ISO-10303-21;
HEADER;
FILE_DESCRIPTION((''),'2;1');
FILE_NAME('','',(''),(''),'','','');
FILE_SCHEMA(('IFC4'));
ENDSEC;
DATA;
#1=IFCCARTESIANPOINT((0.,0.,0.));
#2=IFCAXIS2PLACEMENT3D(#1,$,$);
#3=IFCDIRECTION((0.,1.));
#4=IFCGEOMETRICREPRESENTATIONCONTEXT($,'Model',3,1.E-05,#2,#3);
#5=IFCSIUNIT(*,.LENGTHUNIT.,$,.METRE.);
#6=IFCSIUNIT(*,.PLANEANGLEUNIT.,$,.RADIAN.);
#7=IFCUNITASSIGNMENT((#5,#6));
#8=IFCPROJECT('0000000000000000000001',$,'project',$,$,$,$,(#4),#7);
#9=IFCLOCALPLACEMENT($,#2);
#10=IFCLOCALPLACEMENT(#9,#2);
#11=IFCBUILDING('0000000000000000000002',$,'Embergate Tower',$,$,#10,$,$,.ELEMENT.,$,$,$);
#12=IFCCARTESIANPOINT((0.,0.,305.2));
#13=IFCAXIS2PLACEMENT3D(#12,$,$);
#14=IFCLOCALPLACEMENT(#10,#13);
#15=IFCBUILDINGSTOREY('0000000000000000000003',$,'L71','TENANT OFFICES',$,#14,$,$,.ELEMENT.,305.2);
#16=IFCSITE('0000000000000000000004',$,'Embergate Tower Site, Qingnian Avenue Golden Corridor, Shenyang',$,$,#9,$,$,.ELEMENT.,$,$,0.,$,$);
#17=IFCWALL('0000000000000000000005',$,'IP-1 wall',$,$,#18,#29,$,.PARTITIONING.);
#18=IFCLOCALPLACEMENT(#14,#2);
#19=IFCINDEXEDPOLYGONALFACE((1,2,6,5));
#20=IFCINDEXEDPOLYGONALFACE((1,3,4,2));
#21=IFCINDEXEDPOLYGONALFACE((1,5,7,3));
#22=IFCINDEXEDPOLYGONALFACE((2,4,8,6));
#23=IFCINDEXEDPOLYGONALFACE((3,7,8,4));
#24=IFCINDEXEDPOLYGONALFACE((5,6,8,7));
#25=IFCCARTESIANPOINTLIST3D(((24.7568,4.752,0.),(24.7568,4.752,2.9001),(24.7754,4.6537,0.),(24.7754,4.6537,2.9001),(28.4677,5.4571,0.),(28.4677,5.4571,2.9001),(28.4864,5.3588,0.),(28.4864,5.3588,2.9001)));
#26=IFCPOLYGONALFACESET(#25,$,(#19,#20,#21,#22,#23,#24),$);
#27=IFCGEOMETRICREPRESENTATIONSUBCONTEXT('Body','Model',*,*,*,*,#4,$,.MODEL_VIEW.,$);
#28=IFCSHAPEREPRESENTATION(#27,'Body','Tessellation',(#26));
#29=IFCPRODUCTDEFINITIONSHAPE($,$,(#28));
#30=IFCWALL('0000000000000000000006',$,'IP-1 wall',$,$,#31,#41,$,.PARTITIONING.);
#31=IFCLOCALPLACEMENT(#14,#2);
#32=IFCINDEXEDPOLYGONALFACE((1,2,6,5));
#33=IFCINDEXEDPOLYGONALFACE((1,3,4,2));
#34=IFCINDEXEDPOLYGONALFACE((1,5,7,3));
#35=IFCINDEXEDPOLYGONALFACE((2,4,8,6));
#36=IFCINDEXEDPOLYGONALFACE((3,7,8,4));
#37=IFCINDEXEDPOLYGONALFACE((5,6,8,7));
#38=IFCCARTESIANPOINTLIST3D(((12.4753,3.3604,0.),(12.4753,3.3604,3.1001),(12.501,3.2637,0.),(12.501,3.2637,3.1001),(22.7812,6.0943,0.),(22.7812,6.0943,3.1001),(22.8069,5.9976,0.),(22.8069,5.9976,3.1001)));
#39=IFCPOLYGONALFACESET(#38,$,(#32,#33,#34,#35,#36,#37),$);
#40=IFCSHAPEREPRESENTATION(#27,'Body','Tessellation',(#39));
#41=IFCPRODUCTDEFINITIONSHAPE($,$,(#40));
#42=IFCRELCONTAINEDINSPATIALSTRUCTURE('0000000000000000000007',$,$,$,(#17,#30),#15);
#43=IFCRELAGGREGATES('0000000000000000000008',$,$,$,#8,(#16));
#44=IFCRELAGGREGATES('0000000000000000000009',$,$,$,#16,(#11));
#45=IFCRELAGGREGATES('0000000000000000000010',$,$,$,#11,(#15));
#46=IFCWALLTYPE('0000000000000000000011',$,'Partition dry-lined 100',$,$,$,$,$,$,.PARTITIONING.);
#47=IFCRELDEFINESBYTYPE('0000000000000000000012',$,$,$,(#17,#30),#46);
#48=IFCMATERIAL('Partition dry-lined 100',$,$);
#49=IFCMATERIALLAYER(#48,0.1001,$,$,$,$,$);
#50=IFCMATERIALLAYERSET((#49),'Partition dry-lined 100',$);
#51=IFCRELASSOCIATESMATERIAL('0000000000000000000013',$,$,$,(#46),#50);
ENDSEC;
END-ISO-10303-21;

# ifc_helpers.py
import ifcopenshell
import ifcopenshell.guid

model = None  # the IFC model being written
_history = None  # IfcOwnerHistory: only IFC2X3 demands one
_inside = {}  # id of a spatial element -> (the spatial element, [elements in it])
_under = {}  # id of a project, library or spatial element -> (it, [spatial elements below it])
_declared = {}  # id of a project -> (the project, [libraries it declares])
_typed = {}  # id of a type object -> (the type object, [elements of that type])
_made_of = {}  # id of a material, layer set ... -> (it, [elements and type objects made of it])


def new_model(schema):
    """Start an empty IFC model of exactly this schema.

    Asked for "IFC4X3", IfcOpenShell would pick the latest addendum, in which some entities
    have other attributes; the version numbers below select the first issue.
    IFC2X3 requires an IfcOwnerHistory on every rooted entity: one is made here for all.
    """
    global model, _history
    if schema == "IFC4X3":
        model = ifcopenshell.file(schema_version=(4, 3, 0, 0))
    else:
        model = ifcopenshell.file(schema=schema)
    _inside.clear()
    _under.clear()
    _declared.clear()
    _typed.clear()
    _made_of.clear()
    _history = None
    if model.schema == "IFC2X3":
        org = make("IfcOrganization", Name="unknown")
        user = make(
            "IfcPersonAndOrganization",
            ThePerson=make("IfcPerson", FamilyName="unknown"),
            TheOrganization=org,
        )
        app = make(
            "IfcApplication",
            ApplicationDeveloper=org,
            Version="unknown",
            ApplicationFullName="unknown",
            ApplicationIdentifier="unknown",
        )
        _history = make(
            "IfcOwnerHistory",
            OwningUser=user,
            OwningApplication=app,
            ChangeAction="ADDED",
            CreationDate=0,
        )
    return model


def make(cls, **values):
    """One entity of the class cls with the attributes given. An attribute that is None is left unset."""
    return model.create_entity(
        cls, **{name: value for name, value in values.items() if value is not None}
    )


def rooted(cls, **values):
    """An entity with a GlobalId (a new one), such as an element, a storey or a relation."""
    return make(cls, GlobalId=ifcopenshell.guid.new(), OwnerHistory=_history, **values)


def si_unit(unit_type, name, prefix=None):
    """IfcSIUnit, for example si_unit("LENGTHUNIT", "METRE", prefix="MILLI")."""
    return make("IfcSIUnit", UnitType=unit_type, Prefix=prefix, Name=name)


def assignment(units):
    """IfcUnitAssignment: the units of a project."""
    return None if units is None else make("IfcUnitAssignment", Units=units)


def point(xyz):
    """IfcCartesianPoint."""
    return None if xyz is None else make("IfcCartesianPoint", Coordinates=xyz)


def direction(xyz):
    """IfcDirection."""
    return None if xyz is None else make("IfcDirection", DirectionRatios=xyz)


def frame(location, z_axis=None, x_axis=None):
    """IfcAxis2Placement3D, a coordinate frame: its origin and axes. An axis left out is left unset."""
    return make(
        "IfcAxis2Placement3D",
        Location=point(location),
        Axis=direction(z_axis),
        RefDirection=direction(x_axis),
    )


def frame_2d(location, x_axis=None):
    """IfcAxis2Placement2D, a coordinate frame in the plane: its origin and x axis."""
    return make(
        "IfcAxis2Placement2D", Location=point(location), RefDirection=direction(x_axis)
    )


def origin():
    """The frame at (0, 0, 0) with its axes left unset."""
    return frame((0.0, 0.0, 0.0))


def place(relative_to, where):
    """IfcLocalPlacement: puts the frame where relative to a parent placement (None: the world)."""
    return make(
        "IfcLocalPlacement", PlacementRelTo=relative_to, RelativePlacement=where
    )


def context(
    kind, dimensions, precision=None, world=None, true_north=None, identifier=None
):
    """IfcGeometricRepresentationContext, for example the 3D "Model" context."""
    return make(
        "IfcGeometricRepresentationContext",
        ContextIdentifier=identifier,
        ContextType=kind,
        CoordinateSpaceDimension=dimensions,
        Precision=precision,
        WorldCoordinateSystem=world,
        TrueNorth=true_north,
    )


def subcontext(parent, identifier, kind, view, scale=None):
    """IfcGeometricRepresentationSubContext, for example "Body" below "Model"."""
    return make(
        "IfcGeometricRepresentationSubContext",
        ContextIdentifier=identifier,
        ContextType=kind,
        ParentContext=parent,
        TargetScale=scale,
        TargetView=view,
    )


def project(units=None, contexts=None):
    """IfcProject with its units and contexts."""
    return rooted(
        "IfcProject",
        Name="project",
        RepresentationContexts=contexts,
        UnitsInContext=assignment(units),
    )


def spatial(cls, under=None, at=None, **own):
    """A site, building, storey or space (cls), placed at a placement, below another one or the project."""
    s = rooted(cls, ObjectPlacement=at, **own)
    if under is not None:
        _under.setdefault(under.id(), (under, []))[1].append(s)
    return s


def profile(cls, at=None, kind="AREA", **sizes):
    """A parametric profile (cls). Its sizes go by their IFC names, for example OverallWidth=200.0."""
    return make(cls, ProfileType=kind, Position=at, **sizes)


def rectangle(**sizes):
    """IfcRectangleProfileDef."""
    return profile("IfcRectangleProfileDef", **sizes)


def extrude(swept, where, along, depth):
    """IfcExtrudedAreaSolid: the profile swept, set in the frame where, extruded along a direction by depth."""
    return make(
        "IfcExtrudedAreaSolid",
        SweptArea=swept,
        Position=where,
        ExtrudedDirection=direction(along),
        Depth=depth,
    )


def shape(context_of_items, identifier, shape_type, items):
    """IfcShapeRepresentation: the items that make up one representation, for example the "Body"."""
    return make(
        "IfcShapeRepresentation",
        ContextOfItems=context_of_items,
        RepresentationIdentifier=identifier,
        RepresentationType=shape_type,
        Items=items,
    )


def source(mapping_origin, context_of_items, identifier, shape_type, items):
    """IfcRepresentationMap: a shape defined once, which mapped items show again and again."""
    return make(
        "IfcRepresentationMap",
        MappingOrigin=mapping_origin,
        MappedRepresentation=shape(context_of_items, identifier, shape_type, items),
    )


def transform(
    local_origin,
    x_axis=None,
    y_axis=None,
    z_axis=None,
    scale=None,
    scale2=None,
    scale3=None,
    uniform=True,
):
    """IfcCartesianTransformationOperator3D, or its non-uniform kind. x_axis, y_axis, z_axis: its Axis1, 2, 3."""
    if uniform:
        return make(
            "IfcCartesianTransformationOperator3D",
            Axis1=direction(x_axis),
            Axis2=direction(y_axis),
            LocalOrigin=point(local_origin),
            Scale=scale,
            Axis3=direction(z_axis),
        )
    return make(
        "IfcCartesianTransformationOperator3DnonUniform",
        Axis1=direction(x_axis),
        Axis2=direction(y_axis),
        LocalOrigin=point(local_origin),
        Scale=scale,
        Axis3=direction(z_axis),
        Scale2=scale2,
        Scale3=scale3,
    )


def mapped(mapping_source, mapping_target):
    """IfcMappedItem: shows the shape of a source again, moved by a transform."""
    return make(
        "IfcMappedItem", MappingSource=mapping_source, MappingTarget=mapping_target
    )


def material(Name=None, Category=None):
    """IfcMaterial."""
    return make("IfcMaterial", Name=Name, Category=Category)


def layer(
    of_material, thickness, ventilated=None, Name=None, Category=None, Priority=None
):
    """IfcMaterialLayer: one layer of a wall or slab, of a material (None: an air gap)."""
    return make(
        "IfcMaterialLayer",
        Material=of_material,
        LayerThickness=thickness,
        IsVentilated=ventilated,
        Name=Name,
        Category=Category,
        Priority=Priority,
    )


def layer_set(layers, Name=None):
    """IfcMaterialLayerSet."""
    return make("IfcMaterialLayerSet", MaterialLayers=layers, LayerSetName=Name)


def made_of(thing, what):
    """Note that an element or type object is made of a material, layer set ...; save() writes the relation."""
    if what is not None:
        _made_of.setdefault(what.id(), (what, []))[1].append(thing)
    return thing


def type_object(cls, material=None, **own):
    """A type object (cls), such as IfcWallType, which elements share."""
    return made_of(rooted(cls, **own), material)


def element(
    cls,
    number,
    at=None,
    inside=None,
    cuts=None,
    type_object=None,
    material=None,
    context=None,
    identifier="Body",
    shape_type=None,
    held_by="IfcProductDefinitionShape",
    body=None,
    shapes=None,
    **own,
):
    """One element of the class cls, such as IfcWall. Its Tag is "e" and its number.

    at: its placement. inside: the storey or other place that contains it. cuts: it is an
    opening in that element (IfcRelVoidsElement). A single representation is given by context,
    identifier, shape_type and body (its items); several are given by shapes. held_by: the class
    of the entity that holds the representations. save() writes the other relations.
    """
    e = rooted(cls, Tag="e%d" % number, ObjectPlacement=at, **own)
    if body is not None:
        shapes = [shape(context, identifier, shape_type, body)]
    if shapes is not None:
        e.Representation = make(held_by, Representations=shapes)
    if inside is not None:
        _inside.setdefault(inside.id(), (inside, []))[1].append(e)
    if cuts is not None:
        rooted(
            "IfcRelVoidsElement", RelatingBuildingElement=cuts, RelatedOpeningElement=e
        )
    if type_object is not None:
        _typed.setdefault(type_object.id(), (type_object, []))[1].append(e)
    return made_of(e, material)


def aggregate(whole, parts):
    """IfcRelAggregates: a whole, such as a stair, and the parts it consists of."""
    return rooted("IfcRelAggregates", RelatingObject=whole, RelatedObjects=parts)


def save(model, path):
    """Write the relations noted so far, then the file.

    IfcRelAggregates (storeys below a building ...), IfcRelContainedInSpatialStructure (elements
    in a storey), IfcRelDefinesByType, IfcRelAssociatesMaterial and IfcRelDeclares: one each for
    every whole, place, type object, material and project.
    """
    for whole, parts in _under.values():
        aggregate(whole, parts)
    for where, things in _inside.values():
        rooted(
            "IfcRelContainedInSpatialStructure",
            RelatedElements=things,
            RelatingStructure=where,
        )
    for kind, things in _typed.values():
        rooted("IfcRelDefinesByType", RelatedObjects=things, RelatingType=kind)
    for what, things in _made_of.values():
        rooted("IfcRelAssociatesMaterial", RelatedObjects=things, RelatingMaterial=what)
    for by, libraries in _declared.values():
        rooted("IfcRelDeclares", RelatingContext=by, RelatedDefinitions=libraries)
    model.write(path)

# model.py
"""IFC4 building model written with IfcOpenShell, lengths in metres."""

from ifc_helpers import new_model, si_unit, direction, frame, frame_2d, origin, place, context, subcontext, project, spatial, rectangle, extrude, source, transform, mapped, material, layer, layer_set, type_object, element, save


model = new_model("IFC4")

# Units and contexts
model_context = context("Model", 3, precision=1e-05, world=origin(), true_north=direction((0.0, 1.0)))
body_context = subcontext(model_context, "Body", "Model", "MODEL_VIEW")
ifc_project = project(units=[si_unit("LENGTHUNIT", "METRE"), si_unit("PLANEANGLEUNIT", "RADIAN")], contexts=[model_context])

# Site, building, storey
site_placement = place(None, origin())
site = spatial("IfcSite", under=ifc_project, at=site_placement, Name="Embergate Tower Site, Qingnian Avenue Golden Corridor, Shenyang", CompositionType="ELEMENT", RefElevation=0.0)
building_placement = place(site_placement, origin())
building = spatial("IfcBuilding", under=site, at=building_placement, Name="Embergate Tower", CompositionType="ELEMENT")
storey_placement = place(building_placement, frame((0.0, 0.0, 305.2)))
storey = spatial("IfcBuildingStorey", under=building, at=storey_placement, Name="L71", Description="TENANT OFFICES", CompositionType="ELEMENT", Elevation=305.2)

# Walls
ifc_material_1 = material(Name="Partition dry-lined 100")
ifc_layer_1 = layer(ifc_material_1, 0.1001)
ifc_layer_set_1 = layer_set([ifc_layer_1], Name="Partition dry-lined 100")
wall_type_1 = type_object("IfcWallType", Name="Partition dry-lined 100", PredefinedType="PARTITIONING", material=ifc_layer_set_1)
shared_shape_1 = source(origin(), body_context, "Body", "SweptSolid", [
    extrude(rectangle(XDim=3.7773, YDim=0.1001, at=frame_2d((1.8887, 0.0))), origin(), (0.0, 0.0, 1.0), 2.9001),
])
wall_1_placement = place(storey_placement, frame((28.4771, 5.408, 0.0), z_axis=(0.0, 0.0, 1.0), x_axis=(-0.982424, -0.186661, 0.0)))
element("IfcWall", 1, at=wall_1_placement, inside=storey, type_object=wall_type_1, Name="IP-1 wall", PredefinedType="PARTITIONING", context=body_context, shape_type="MappedRepresentation", body=[
    mapped(shared_shape_1, transform((0.0, 0.0, 0.0))),
])
shared_shape_2 = source(origin(), body_context, "Body", "SweptSolid", [
    extrude(rectangle(XDim=10.6624, YDim=0.1001, at=frame_2d((5.3311, 0.0))), origin(), (0.0, 0.0, 1.0), 3.1001),
])
wall_2_placement = place(storey_placement, frame((22.7939, 6.0459, 0.0), z_axis=(0.0, 0.0, 1.0), x_axis=(-0.966569, -0.256405, 0.0)))
element("IfcWall", 2, at=wall_2_placement, inside=storey, type_object=wall_type_1, Name="IP-1 wall", PredefinedType="PARTITIONING", context=body_context, shape_type="MappedRepresentation", body=[
    mapped(shared_shape_2, transform((0.0, 0.0, 0.0))),
])

save(model, "model.ifc")
